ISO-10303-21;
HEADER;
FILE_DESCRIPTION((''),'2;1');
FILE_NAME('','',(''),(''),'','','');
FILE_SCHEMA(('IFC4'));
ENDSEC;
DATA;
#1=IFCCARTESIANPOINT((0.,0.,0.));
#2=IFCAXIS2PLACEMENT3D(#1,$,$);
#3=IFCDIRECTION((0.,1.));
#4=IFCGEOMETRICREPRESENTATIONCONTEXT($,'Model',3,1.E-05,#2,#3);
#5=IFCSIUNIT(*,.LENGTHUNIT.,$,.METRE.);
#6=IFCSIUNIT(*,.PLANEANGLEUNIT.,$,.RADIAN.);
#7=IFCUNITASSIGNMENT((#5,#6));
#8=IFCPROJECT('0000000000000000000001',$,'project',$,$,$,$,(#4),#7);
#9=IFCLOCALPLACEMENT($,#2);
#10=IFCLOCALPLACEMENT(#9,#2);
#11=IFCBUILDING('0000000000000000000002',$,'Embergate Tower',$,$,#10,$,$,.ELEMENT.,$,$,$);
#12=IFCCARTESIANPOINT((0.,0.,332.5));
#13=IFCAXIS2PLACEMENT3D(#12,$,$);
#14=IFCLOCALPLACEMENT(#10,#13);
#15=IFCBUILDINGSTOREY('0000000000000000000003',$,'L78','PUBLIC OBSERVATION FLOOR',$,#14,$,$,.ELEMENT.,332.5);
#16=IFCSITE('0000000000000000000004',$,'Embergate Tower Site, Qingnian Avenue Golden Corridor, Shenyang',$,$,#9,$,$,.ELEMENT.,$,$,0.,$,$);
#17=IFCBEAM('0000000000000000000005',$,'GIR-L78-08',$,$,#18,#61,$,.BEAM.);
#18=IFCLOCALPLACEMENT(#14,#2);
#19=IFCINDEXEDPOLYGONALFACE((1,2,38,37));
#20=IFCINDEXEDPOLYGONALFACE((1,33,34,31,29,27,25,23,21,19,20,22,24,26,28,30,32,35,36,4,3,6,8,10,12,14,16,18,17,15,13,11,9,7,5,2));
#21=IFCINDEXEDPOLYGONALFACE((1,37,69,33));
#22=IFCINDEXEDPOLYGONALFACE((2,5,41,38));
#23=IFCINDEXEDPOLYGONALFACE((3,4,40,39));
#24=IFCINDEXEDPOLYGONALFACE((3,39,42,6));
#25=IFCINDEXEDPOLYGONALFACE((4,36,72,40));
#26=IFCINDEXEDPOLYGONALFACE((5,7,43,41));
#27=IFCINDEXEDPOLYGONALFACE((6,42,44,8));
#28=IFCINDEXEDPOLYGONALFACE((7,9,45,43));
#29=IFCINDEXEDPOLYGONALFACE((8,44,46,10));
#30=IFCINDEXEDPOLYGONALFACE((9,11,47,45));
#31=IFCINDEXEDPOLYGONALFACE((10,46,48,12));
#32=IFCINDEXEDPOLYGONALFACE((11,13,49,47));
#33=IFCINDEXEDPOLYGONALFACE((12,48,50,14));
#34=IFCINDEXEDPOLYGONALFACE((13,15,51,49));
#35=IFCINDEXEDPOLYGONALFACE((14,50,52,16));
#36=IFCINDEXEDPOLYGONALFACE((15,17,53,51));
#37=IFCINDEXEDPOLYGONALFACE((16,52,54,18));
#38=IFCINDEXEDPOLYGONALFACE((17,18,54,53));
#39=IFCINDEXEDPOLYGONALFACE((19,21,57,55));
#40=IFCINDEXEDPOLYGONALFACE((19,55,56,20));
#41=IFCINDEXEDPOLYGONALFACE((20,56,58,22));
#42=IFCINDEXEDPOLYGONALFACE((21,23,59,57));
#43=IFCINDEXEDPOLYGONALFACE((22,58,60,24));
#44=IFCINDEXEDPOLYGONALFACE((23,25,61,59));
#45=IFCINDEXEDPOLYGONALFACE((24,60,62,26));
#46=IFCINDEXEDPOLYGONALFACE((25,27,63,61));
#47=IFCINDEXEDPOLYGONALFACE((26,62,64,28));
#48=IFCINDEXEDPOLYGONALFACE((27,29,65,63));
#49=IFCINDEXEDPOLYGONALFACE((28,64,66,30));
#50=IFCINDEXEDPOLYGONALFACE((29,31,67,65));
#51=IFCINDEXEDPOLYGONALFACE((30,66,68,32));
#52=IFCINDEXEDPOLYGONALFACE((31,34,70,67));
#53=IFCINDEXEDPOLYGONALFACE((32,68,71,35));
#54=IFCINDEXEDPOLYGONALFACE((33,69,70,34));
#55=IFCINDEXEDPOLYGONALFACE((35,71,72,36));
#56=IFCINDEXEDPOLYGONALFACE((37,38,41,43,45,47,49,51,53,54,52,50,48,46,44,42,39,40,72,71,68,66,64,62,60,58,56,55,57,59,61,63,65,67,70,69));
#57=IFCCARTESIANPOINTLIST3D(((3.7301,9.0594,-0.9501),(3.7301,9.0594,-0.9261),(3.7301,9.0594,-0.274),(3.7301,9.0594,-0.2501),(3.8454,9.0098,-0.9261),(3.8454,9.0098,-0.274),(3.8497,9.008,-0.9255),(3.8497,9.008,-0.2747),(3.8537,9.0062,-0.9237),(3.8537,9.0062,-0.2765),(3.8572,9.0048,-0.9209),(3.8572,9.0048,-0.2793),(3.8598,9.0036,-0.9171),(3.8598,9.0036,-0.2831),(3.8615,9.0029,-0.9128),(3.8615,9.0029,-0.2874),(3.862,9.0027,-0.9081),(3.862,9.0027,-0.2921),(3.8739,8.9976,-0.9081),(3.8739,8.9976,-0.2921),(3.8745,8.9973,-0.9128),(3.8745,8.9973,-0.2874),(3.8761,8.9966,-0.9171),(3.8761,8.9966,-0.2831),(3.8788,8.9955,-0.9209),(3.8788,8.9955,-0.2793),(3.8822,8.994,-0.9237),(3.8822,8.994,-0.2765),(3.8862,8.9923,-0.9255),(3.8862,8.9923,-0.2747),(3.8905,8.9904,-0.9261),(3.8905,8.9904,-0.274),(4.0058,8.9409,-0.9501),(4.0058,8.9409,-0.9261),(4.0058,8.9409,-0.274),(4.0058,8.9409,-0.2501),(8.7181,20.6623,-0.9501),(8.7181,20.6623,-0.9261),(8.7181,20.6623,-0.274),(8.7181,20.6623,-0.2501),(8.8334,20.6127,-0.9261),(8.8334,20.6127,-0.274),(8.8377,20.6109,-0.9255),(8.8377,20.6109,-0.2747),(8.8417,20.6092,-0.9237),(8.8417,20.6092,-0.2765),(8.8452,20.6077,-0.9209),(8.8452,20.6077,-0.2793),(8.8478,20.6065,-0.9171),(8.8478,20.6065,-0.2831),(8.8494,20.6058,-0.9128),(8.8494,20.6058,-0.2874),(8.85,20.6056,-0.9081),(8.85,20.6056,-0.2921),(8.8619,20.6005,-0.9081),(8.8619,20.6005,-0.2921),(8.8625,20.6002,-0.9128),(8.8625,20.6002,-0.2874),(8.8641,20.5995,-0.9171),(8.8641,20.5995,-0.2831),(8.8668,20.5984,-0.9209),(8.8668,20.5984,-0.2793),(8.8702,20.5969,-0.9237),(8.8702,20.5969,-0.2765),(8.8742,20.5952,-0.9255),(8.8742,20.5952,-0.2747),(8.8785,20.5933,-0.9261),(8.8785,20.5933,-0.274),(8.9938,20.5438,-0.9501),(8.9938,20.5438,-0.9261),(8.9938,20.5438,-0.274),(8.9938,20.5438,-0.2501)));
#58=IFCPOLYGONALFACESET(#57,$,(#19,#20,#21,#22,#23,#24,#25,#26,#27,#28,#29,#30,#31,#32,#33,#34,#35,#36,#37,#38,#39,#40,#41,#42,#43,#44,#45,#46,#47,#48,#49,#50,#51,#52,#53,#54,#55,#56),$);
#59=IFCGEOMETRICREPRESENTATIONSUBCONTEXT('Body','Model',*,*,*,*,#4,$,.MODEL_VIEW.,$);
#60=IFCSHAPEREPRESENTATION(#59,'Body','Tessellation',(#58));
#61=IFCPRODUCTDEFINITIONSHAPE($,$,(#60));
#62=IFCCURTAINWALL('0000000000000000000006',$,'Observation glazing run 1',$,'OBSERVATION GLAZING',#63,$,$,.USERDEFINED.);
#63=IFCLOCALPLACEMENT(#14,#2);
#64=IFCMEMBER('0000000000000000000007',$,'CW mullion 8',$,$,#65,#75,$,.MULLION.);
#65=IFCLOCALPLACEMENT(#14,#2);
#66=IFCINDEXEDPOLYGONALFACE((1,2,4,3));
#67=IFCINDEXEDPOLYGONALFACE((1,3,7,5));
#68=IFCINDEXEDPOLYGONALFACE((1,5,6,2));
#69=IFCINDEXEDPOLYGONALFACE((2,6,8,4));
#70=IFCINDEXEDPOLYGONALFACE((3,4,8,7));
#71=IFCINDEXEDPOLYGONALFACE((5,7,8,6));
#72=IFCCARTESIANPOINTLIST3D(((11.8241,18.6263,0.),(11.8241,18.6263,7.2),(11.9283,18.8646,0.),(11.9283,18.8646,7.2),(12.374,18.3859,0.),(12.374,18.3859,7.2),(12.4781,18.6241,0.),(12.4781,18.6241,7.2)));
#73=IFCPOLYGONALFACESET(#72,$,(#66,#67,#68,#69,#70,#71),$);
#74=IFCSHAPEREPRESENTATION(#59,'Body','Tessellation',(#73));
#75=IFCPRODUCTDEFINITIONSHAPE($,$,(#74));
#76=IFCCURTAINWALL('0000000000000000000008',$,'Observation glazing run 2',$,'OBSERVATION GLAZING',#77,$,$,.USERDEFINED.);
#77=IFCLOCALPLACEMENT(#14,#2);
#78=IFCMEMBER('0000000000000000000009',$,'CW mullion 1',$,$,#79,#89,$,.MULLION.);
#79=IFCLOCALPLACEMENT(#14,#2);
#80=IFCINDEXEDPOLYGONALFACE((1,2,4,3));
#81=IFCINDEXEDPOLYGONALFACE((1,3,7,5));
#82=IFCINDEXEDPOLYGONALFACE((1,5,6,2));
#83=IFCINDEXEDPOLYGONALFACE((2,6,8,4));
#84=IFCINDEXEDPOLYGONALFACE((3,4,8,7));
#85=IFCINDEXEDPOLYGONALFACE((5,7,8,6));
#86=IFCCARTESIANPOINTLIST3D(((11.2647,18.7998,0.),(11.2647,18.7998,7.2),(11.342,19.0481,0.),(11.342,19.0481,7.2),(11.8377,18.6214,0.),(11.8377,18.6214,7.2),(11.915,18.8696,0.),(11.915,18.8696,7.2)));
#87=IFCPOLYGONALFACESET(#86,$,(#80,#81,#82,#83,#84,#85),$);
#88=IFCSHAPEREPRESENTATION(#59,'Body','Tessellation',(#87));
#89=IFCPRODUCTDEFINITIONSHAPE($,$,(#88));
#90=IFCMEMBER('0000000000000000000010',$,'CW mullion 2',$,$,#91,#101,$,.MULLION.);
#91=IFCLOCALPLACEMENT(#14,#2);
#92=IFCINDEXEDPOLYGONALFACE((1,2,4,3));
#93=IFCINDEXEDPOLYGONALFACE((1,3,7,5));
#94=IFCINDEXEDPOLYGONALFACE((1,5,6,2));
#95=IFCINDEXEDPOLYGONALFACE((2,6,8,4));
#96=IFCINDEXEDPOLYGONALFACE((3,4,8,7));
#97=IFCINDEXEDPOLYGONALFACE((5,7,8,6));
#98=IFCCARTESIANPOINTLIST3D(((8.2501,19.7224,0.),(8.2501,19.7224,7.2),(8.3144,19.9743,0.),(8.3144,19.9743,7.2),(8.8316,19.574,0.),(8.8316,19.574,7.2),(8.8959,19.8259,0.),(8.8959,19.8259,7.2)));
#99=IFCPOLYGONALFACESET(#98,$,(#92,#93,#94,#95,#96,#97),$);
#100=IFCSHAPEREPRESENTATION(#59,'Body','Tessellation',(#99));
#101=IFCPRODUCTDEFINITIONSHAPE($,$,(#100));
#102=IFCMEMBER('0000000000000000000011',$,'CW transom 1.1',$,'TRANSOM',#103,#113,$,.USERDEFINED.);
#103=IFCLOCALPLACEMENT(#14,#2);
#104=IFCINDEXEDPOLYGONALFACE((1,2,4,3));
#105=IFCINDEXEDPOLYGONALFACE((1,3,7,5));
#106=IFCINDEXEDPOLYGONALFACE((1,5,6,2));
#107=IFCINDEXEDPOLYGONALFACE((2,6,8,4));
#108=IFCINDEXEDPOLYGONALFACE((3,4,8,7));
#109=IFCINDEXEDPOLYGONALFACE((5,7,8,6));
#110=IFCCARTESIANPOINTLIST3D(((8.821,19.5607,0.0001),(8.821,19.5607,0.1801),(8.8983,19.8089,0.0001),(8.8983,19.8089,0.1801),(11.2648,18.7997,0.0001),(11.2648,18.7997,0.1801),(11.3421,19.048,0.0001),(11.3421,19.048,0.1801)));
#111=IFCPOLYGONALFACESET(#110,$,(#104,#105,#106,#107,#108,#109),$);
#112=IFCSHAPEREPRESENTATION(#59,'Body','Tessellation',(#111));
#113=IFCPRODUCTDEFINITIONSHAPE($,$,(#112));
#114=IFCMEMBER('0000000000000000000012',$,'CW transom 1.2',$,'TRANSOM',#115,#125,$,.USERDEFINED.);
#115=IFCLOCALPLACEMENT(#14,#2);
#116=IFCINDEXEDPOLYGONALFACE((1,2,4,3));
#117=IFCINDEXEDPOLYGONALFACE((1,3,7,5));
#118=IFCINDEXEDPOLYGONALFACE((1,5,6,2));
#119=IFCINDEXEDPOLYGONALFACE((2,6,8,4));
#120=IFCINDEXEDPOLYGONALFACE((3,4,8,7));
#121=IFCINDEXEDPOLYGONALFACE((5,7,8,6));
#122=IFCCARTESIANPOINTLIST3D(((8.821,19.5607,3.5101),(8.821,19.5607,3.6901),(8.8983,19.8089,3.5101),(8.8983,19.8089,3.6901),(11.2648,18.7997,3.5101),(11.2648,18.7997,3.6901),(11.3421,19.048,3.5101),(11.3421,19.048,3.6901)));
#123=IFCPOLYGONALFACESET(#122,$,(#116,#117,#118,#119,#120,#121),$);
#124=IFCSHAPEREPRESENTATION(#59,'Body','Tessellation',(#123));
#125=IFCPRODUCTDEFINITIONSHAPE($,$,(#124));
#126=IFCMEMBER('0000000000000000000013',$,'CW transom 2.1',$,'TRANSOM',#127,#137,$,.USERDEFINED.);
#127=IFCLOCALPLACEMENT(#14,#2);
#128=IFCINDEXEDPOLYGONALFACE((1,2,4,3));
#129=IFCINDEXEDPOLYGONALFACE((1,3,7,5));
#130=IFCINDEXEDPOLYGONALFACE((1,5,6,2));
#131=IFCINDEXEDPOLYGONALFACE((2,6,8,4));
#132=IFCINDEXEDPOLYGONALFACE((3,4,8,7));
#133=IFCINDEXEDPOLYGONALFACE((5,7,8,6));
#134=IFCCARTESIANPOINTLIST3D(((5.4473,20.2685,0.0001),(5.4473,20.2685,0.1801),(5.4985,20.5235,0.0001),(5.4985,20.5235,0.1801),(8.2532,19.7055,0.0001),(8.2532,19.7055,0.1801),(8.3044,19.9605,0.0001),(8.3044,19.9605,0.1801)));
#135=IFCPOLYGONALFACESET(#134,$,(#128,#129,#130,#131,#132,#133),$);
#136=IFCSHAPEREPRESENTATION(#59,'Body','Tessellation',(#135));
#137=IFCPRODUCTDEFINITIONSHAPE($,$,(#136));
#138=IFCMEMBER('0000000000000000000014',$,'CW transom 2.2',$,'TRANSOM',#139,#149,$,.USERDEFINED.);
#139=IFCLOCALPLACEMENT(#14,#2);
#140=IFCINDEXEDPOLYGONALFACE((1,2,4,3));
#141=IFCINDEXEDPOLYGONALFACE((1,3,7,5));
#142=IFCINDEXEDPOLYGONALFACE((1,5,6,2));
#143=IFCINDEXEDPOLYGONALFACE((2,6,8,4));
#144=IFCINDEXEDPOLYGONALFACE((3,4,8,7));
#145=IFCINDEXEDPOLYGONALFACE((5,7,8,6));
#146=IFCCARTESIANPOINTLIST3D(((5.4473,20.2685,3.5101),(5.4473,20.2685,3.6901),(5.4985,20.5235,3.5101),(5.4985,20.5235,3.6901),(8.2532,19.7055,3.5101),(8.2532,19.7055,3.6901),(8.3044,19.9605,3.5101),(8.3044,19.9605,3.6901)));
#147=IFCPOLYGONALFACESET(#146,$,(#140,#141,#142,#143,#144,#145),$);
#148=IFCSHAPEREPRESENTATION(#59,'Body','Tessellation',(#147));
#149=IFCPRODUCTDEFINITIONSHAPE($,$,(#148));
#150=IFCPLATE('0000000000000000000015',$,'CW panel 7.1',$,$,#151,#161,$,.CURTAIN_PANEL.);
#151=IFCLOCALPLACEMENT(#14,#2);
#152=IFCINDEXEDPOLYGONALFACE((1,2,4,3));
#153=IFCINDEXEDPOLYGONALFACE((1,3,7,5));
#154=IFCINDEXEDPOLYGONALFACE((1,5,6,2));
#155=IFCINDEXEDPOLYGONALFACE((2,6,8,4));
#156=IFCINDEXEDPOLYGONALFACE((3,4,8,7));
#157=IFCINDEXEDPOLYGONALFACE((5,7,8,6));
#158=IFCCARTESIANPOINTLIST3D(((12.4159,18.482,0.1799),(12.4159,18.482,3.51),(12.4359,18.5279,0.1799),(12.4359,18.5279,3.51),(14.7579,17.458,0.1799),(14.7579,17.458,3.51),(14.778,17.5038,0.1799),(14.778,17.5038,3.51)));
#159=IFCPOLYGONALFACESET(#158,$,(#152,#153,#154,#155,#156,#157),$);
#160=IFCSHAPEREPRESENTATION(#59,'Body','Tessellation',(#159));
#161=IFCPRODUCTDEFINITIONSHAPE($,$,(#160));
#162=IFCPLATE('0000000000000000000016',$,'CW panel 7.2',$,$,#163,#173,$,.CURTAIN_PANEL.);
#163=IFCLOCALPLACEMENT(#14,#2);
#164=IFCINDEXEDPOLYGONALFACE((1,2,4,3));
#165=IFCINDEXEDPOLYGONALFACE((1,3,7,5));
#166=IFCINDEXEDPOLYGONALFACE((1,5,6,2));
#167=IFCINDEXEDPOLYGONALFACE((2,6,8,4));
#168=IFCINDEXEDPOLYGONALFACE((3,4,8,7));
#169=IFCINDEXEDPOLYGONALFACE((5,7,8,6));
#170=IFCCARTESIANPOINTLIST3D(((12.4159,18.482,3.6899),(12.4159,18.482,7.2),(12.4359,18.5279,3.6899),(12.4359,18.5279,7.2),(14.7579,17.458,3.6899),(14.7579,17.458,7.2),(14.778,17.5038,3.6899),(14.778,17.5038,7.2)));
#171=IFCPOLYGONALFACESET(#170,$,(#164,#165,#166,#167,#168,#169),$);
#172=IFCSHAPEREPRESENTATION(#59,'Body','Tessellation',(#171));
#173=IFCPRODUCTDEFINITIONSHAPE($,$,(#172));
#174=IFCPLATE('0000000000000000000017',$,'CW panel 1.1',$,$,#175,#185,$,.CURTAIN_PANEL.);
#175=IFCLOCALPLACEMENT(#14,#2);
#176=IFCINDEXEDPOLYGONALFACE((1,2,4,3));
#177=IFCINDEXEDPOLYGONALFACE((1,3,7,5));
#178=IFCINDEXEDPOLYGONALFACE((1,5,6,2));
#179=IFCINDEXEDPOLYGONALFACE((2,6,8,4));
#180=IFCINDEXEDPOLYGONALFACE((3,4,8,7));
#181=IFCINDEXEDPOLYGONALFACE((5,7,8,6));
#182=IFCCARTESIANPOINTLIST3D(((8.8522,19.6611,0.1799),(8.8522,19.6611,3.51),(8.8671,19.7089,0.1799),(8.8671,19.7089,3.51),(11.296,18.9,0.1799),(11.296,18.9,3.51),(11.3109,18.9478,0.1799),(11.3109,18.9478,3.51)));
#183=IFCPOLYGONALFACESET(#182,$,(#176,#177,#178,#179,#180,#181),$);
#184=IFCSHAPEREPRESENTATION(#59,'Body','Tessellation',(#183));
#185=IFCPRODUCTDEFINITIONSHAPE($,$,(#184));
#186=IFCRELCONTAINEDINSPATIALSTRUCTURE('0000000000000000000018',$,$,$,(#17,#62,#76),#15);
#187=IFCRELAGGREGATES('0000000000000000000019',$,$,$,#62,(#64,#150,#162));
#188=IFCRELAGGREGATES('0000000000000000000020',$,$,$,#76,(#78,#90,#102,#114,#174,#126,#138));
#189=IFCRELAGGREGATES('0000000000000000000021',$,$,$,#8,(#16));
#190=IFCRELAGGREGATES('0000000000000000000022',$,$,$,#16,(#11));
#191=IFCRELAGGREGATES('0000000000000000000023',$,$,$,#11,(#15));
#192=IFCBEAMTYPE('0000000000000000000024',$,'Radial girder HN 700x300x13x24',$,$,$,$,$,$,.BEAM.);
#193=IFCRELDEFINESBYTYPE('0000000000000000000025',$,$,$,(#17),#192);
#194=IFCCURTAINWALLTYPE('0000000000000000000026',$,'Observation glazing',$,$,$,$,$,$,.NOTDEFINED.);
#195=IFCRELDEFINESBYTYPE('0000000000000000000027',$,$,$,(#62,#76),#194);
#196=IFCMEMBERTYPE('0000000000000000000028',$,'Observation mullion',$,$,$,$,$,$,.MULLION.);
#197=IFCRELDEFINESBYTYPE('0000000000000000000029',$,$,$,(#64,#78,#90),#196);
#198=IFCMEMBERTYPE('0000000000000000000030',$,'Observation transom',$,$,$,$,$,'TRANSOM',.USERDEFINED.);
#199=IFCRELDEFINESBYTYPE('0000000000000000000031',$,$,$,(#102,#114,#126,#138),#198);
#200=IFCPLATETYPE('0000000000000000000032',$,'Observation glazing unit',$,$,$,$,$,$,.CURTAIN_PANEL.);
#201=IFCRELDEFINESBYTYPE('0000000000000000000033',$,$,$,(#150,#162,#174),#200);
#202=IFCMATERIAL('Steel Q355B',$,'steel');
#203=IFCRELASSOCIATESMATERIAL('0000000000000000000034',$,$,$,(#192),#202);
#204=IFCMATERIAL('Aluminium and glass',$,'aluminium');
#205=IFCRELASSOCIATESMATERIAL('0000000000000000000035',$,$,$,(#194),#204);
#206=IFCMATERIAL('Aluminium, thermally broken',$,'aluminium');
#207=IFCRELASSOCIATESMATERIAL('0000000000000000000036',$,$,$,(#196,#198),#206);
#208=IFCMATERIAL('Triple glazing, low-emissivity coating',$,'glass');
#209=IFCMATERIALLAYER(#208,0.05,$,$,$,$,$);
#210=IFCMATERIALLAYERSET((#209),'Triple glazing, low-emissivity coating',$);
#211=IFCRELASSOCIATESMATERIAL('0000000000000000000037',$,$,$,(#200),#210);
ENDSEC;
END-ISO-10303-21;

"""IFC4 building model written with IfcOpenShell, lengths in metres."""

from ifc_helpers import new_model, si_unit, direction, frame, origin, origin_2d, place, context, subcontext, project, spatial, rectangle, i_section, extrude, source, transform, mapped, material, layer, layer_set, material_profile, profile_set, type_object, element, aggregate, save


model = new_model("IFC4")

# Units and contexts
model_context = context("Model", 3, precision=1e-05, world=origin(), true_north=direction((0.0, 1.0)))
body_context = subcontext(model_context, "Body", "Model", "MODEL_VIEW")
ifc_project = project(units=[si_unit("LENGTHUNIT", "METRE"), si_unit("PLANEANGLEUNIT", "RADIAN")], contexts=[model_context])

# Site, building, storey
site_placement = place(None, origin())
site = spatial("IfcSite", under=ifc_project, at=site_placement, Name="Embergate Tower Site, Qingnian Avenue Golden Corridor, Shenyang", CompositionType="ELEMENT", RefElevation=0.0)
building_placement = place(site_placement, origin())
building = spatial("IfcBuilding", under=site, at=building_placement, Name="Embergate Tower", CompositionType="ELEMENT")
storey_placement = place(building_placement, frame((0.0, 0.0, 332.5)))
storey = spatial("IfcBuildingStorey", under=building, at=storey_placement, Name="L78", Description="PUBLIC OBSERVATION FLOOR", CompositionType="ELEMENT", Elevation=332.5)

# Beam
ifc_material_1 = material(Name="Steel Q355B", Category="steel")
ifc_material_profile_1 = material_profile(ifc_material_1, i_section(OverallWidth=0.3, OverallDepth=0.7, WebThickness=0.0129, FlangeThickness=0.0239, FilletRadius=0.0181, at=origin_2d()), Name="HN 700x300x13x24")
ifc_profile_set_1 = profile_set([ifc_material_profile_1], Name="Steel Q355 grade B")
beam_type_1 = type_object("IfcBeamType", Name="Radial girder HN 700x300x13x24", PredefinedType="BEAM", material=ifc_profile_set_1)
shared_shape_1 = source(origin(), body_context, "Body", "SweptSolid", [
    extrude(i_section(OverallWidth=0.3, OverallDepth=0.7, WebThickness=0.0129, FlangeThickness=0.0239, FilletRadius=0.0181, at=origin_2d()), origin(), (0.0, 0.0, 1.0), 12.6296),
])
beam_1_placement = place(storey_placement, frame((8.856, 20.603, -0.6001), z_axis=(-0.394943, -0.918706, 0.0), x_axis=(0.918706, -0.394943, 0.0)))
element("IfcBeam", 1, at=beam_1_placement, inside=storey, type_object=beam_type_1, Name="GIR-L78-08", PredefinedType="BEAM", context=body_context, shape_type="MappedRepresentation", body=[
    mapped(shared_shape_1, transform((0.0, 0.0, 0.0))),
])

# Curtain wall, member
ifc_material_2 = material(Name="Aluminium and glass", Category="aluminium")
curtain_wall_type = type_object("IfcCurtainWallType", Name="Observation glazing", PredefinedType="NOTDEFINED", material=ifc_material_2)
curtain_wall_1_placement = place(storey_placement, origin())
curtain_wall_1 = element("IfcCurtainWall", 2, at=curtain_wall_1_placement, inside=storey, type_object=curtain_wall_type, Name="Observation glazing run 1", ObjectType="OBSERVATION GLAZING", PredefinedType="USERDEFINED")
ifc_material_3 = material(Name="Aluminium, thermally broken", Category="aluminium")
ifc_material_profile_2 = material_profile(ifc_material_3, rectangle(XDim=0.26, YDim=0.6001, at=origin_2d()), Name="AL 600x260")
ifc_profile_set_2 = profile_set([ifc_material_profile_2], Name="Aluminium, thermally broken")
member_type_1 = type_object("IfcMemberType", Name="Observation mullion", PredefinedType="MULLION", material=ifc_profile_set_2)
shared_shape_2 = source(origin(), body_context, "Body", "SweptSolid", [
    extrude(rectangle(XDim=0.26, YDim=0.6001, at=origin_2d()), origin(), (0.0, 0.0, 1.0), 7.2),
])
member_1_placement = place(storey_placement, frame((12.1511, 18.6252, 0.0), z_axis=(0.0, 0.0, 1.0), x_axis=(-0.400634, -0.916238, 0.0)))
member_1 = element("IfcMember", 3, at=member_1_placement, type_object=member_type_1, Name="CW mullion 8", PredefinedType="MULLION", context=body_context, shape_type="MappedRepresentation", body=[
    mapped(shared_shape_2, transform((0.0, 0.0, 0.0))),
])

# Curtain wall, members
curtain_wall_2_placement = place(storey_placement, origin())
curtain_wall_2 = element("IfcCurtainWall", 4, at=curtain_wall_2_placement, inside=storey, type_object=curtain_wall_type, Name="Observation glazing run 2", ObjectType="OBSERVATION GLAZING", PredefinedType="USERDEFINED")
member_2_placement = place(storey_placement, frame((11.5898, 18.8347, 0.0), z_axis=(0.0, 0.0, 1.0), x_axis=(-0.297335, -0.954773, 0.0)))
member_2 = element("IfcMember", 5, at=member_2_placement, type_object=member_type_1, Name="CW mullion 1", PredefinedType="MULLION", context=body_context, shape_type="MappedRepresentation", body=[
    mapped(shared_shape_2, transform((0.0, 0.0, 0.0))),
])
member_3_placement = place(storey_placement, frame((8.573, 19.7742, 0.0), z_axis=(0.0, 0.0, 1.0), x_axis=(-0.247303, -0.968938, 0.0)))
member_3 = element("IfcMember", 6, at=member_3_placement, type_object=member_type_1, Name="CW mullion 2", PredefinedType="MULLION", context=body_context, shape_type="MappedRepresentation", body=[
    mapped(shared_shape_2, transform((0.0, 0.0, 0.0))),
])
ifc_material_profile_3 = material_profile(ifc_material_3, rectangle(XDim=0.26, YDim=0.1799, at=origin_2d()), Name="AL 180x260")
ifc_profile_set_3 = profile_set([ifc_material_profile_3], Name="Aluminium, thermally broken")
member_type_2 = type_object("IfcMemberType", Name="Observation transom", ElementType="TRANSOM", PredefinedType="USERDEFINED", material=ifc_profile_set_3)
shared_shape_3 = source(origin(), body_context, "Body", "SweptSolid", [
    extrude(rectangle(XDim=0.26, YDim=0.1799, at=origin_2d()), origin(), (0.0, 0.0, 1.0), 2.5596),
])
member_4_placement = place(storey_placement, frame((11.3035, 18.9238, 0.0901), z_axis=(-0.954782, 0.297308, 0.0), x_axis=(-0.297308, -0.954782, 0.0)))
member_4 = element("IfcMember", 7, at=member_4_placement, type_object=member_type_2, Name="CW transom 1.1", ObjectType="TRANSOM", PredefinedType="USERDEFINED", context=body_context, shape_type="MappedRepresentation", body=[
    mapped(shared_shape_3, transform((0.0, 0.0, 0.0))),
])
member_5_placement = place(storey_placement, frame((11.3035, 18.9238, 3.6001), z_axis=(-0.954782, 0.297308, 0.0), x_axis=(-0.297308, -0.954782, 0.0)))
member_5 = element("IfcMember", 8, at=member_5_placement, type_object=member_type_2, Name="CW transom 1.2", ObjectType="TRANSOM", PredefinedType="USERDEFINED", context=body_context, shape_type="MappedRepresentation", body=[
    mapped(shared_shape_3, transform((0.0, 0.0, 0.0))),
])
shared_shape_4 = source(origin(), body_context, "Body", "SweptSolid", [
    extrude(rectangle(XDim=0.26, YDim=0.1799, at=origin_2d()), origin(), (0.0, 0.0, 1.0), 2.8618),
])
member_6_placement = place(storey_placement, frame((8.2788, 19.833, 0.0901), z_axis=(-0.980459, 0.196723, 0.0), x_axis=(-0.196723, -0.980459, 0.0)))
member_6 = element("IfcMember", 9, at=member_6_placement, type_object=member_type_2, Name="CW transom 2.1", ObjectType="TRANSOM", PredefinedType="USERDEFINED", context=body_context, shape_type="MappedRepresentation", body=[
    mapped(shared_shape_4, transform((0.0, 0.0, 0.0))),
])
member_7_placement = place(storey_placement, frame((8.2788, 19.833, 3.6001), z_axis=(-0.980459, 0.196723, 0.0), x_axis=(-0.196723, -0.980459, 0.0)))
member_7 = element("IfcMember", 10, at=member_7_placement, type_object=member_type_2, Name="CW transom 2.2", ObjectType="TRANSOM", PredefinedType="USERDEFINED", context=body_context, shape_type="MappedRepresentation", body=[
    mapped(shared_shape_4, transform((0.0, 0.0, 0.0))),
])

# Plates
ifc_material_4 = material(Name="Triple glazing, low-emissivity coating", Category="glass")
ifc_layer_1 = layer(ifc_material_4, 0.05)
ifc_layer_set_1 = layer_set([ifc_layer_1], Name="Triple glazing, low-emissivity coating")
plate_type = type_object("IfcPlateType", Name="Observation glazing unit", PredefinedType="CURTAIN_PANEL", material=ifc_layer_set_1)
shared_shape_5 = source(origin(), body_context, "Body", "SweptSolid", [
    extrude(rectangle(XDim=2.5562, YDim=0.05, at=origin_2d()), origin(), (0.0, 0.0, 1.0), 3.3301),
])
plate_1_placement = place(storey_placement, frame((13.5969, 17.9929, 0.1799), z_axis=(0.0, 0.0, 1.0), x_axis=(-0.916238, 0.400634, 0.0)))
plate_1 = element("IfcPlate", 11, at=plate_1_placement, type_object=plate_type, Name="CW panel 7.1", PredefinedType="CURTAIN_PANEL", context=body_context, shape_type="MappedRepresentation", body=[
    mapped(shared_shape_5, transform((0.0, 0.0, 0.0))),
])
shared_shape_6 = source(origin(), body_context, "Body", "SweptSolid", [
    extrude(rectangle(XDim=2.5562, YDim=0.05, at=origin_2d()), origin(), (0.0, 0.0, 1.0), 3.51),
])
plate_2_placement = place(storey_placement, frame((13.5969, 17.9929, 3.6899), z_axis=(0.0, 0.0, 1.0), x_axis=(-0.916238, 0.400634, 0.0)))
plate_2 = element("IfcPlate", 12, at=plate_2_placement, type_object=plate_type, Name="CW panel 7.2", PredefinedType="CURTAIN_PANEL", context=body_context, shape_type="MappedRepresentation", body=[
    mapped(shared_shape_6, transform((0.0, 0.0, 0.0))),
])
aggregate(curtain_wall_1, [member_1, plate_1, plate_2])
shared_shape_7 = source(origin(), body_context, "Body", "SweptSolid", [
    extrude(rectangle(XDim=2.5596, YDim=0.05, at=origin_2d()), origin(), (0.0, 0.0, 1.0), 3.3301),
])
plate_3_placement = place(storey_placement, frame((10.0815, 19.3044, 0.1799), z_axis=(0.0, 0.0, 1.0), x_axis=(-0.954773, 0.297335, 0.0)))
plate_3 = element("IfcPlate", 13, at=plate_3_placement, type_object=plate_type, Name="CW panel 1.1", PredefinedType="CURTAIN_PANEL", context=body_context, shape_type="MappedRepresentation", body=[
    mapped(shared_shape_7, transform((0.0, 0.0, 0.0))),
])
aggregate(curtain_wall_2, [member_2, member_3, member_4, member_5, plate_3, member_6, member_7])

save(model, "model.ifc")
